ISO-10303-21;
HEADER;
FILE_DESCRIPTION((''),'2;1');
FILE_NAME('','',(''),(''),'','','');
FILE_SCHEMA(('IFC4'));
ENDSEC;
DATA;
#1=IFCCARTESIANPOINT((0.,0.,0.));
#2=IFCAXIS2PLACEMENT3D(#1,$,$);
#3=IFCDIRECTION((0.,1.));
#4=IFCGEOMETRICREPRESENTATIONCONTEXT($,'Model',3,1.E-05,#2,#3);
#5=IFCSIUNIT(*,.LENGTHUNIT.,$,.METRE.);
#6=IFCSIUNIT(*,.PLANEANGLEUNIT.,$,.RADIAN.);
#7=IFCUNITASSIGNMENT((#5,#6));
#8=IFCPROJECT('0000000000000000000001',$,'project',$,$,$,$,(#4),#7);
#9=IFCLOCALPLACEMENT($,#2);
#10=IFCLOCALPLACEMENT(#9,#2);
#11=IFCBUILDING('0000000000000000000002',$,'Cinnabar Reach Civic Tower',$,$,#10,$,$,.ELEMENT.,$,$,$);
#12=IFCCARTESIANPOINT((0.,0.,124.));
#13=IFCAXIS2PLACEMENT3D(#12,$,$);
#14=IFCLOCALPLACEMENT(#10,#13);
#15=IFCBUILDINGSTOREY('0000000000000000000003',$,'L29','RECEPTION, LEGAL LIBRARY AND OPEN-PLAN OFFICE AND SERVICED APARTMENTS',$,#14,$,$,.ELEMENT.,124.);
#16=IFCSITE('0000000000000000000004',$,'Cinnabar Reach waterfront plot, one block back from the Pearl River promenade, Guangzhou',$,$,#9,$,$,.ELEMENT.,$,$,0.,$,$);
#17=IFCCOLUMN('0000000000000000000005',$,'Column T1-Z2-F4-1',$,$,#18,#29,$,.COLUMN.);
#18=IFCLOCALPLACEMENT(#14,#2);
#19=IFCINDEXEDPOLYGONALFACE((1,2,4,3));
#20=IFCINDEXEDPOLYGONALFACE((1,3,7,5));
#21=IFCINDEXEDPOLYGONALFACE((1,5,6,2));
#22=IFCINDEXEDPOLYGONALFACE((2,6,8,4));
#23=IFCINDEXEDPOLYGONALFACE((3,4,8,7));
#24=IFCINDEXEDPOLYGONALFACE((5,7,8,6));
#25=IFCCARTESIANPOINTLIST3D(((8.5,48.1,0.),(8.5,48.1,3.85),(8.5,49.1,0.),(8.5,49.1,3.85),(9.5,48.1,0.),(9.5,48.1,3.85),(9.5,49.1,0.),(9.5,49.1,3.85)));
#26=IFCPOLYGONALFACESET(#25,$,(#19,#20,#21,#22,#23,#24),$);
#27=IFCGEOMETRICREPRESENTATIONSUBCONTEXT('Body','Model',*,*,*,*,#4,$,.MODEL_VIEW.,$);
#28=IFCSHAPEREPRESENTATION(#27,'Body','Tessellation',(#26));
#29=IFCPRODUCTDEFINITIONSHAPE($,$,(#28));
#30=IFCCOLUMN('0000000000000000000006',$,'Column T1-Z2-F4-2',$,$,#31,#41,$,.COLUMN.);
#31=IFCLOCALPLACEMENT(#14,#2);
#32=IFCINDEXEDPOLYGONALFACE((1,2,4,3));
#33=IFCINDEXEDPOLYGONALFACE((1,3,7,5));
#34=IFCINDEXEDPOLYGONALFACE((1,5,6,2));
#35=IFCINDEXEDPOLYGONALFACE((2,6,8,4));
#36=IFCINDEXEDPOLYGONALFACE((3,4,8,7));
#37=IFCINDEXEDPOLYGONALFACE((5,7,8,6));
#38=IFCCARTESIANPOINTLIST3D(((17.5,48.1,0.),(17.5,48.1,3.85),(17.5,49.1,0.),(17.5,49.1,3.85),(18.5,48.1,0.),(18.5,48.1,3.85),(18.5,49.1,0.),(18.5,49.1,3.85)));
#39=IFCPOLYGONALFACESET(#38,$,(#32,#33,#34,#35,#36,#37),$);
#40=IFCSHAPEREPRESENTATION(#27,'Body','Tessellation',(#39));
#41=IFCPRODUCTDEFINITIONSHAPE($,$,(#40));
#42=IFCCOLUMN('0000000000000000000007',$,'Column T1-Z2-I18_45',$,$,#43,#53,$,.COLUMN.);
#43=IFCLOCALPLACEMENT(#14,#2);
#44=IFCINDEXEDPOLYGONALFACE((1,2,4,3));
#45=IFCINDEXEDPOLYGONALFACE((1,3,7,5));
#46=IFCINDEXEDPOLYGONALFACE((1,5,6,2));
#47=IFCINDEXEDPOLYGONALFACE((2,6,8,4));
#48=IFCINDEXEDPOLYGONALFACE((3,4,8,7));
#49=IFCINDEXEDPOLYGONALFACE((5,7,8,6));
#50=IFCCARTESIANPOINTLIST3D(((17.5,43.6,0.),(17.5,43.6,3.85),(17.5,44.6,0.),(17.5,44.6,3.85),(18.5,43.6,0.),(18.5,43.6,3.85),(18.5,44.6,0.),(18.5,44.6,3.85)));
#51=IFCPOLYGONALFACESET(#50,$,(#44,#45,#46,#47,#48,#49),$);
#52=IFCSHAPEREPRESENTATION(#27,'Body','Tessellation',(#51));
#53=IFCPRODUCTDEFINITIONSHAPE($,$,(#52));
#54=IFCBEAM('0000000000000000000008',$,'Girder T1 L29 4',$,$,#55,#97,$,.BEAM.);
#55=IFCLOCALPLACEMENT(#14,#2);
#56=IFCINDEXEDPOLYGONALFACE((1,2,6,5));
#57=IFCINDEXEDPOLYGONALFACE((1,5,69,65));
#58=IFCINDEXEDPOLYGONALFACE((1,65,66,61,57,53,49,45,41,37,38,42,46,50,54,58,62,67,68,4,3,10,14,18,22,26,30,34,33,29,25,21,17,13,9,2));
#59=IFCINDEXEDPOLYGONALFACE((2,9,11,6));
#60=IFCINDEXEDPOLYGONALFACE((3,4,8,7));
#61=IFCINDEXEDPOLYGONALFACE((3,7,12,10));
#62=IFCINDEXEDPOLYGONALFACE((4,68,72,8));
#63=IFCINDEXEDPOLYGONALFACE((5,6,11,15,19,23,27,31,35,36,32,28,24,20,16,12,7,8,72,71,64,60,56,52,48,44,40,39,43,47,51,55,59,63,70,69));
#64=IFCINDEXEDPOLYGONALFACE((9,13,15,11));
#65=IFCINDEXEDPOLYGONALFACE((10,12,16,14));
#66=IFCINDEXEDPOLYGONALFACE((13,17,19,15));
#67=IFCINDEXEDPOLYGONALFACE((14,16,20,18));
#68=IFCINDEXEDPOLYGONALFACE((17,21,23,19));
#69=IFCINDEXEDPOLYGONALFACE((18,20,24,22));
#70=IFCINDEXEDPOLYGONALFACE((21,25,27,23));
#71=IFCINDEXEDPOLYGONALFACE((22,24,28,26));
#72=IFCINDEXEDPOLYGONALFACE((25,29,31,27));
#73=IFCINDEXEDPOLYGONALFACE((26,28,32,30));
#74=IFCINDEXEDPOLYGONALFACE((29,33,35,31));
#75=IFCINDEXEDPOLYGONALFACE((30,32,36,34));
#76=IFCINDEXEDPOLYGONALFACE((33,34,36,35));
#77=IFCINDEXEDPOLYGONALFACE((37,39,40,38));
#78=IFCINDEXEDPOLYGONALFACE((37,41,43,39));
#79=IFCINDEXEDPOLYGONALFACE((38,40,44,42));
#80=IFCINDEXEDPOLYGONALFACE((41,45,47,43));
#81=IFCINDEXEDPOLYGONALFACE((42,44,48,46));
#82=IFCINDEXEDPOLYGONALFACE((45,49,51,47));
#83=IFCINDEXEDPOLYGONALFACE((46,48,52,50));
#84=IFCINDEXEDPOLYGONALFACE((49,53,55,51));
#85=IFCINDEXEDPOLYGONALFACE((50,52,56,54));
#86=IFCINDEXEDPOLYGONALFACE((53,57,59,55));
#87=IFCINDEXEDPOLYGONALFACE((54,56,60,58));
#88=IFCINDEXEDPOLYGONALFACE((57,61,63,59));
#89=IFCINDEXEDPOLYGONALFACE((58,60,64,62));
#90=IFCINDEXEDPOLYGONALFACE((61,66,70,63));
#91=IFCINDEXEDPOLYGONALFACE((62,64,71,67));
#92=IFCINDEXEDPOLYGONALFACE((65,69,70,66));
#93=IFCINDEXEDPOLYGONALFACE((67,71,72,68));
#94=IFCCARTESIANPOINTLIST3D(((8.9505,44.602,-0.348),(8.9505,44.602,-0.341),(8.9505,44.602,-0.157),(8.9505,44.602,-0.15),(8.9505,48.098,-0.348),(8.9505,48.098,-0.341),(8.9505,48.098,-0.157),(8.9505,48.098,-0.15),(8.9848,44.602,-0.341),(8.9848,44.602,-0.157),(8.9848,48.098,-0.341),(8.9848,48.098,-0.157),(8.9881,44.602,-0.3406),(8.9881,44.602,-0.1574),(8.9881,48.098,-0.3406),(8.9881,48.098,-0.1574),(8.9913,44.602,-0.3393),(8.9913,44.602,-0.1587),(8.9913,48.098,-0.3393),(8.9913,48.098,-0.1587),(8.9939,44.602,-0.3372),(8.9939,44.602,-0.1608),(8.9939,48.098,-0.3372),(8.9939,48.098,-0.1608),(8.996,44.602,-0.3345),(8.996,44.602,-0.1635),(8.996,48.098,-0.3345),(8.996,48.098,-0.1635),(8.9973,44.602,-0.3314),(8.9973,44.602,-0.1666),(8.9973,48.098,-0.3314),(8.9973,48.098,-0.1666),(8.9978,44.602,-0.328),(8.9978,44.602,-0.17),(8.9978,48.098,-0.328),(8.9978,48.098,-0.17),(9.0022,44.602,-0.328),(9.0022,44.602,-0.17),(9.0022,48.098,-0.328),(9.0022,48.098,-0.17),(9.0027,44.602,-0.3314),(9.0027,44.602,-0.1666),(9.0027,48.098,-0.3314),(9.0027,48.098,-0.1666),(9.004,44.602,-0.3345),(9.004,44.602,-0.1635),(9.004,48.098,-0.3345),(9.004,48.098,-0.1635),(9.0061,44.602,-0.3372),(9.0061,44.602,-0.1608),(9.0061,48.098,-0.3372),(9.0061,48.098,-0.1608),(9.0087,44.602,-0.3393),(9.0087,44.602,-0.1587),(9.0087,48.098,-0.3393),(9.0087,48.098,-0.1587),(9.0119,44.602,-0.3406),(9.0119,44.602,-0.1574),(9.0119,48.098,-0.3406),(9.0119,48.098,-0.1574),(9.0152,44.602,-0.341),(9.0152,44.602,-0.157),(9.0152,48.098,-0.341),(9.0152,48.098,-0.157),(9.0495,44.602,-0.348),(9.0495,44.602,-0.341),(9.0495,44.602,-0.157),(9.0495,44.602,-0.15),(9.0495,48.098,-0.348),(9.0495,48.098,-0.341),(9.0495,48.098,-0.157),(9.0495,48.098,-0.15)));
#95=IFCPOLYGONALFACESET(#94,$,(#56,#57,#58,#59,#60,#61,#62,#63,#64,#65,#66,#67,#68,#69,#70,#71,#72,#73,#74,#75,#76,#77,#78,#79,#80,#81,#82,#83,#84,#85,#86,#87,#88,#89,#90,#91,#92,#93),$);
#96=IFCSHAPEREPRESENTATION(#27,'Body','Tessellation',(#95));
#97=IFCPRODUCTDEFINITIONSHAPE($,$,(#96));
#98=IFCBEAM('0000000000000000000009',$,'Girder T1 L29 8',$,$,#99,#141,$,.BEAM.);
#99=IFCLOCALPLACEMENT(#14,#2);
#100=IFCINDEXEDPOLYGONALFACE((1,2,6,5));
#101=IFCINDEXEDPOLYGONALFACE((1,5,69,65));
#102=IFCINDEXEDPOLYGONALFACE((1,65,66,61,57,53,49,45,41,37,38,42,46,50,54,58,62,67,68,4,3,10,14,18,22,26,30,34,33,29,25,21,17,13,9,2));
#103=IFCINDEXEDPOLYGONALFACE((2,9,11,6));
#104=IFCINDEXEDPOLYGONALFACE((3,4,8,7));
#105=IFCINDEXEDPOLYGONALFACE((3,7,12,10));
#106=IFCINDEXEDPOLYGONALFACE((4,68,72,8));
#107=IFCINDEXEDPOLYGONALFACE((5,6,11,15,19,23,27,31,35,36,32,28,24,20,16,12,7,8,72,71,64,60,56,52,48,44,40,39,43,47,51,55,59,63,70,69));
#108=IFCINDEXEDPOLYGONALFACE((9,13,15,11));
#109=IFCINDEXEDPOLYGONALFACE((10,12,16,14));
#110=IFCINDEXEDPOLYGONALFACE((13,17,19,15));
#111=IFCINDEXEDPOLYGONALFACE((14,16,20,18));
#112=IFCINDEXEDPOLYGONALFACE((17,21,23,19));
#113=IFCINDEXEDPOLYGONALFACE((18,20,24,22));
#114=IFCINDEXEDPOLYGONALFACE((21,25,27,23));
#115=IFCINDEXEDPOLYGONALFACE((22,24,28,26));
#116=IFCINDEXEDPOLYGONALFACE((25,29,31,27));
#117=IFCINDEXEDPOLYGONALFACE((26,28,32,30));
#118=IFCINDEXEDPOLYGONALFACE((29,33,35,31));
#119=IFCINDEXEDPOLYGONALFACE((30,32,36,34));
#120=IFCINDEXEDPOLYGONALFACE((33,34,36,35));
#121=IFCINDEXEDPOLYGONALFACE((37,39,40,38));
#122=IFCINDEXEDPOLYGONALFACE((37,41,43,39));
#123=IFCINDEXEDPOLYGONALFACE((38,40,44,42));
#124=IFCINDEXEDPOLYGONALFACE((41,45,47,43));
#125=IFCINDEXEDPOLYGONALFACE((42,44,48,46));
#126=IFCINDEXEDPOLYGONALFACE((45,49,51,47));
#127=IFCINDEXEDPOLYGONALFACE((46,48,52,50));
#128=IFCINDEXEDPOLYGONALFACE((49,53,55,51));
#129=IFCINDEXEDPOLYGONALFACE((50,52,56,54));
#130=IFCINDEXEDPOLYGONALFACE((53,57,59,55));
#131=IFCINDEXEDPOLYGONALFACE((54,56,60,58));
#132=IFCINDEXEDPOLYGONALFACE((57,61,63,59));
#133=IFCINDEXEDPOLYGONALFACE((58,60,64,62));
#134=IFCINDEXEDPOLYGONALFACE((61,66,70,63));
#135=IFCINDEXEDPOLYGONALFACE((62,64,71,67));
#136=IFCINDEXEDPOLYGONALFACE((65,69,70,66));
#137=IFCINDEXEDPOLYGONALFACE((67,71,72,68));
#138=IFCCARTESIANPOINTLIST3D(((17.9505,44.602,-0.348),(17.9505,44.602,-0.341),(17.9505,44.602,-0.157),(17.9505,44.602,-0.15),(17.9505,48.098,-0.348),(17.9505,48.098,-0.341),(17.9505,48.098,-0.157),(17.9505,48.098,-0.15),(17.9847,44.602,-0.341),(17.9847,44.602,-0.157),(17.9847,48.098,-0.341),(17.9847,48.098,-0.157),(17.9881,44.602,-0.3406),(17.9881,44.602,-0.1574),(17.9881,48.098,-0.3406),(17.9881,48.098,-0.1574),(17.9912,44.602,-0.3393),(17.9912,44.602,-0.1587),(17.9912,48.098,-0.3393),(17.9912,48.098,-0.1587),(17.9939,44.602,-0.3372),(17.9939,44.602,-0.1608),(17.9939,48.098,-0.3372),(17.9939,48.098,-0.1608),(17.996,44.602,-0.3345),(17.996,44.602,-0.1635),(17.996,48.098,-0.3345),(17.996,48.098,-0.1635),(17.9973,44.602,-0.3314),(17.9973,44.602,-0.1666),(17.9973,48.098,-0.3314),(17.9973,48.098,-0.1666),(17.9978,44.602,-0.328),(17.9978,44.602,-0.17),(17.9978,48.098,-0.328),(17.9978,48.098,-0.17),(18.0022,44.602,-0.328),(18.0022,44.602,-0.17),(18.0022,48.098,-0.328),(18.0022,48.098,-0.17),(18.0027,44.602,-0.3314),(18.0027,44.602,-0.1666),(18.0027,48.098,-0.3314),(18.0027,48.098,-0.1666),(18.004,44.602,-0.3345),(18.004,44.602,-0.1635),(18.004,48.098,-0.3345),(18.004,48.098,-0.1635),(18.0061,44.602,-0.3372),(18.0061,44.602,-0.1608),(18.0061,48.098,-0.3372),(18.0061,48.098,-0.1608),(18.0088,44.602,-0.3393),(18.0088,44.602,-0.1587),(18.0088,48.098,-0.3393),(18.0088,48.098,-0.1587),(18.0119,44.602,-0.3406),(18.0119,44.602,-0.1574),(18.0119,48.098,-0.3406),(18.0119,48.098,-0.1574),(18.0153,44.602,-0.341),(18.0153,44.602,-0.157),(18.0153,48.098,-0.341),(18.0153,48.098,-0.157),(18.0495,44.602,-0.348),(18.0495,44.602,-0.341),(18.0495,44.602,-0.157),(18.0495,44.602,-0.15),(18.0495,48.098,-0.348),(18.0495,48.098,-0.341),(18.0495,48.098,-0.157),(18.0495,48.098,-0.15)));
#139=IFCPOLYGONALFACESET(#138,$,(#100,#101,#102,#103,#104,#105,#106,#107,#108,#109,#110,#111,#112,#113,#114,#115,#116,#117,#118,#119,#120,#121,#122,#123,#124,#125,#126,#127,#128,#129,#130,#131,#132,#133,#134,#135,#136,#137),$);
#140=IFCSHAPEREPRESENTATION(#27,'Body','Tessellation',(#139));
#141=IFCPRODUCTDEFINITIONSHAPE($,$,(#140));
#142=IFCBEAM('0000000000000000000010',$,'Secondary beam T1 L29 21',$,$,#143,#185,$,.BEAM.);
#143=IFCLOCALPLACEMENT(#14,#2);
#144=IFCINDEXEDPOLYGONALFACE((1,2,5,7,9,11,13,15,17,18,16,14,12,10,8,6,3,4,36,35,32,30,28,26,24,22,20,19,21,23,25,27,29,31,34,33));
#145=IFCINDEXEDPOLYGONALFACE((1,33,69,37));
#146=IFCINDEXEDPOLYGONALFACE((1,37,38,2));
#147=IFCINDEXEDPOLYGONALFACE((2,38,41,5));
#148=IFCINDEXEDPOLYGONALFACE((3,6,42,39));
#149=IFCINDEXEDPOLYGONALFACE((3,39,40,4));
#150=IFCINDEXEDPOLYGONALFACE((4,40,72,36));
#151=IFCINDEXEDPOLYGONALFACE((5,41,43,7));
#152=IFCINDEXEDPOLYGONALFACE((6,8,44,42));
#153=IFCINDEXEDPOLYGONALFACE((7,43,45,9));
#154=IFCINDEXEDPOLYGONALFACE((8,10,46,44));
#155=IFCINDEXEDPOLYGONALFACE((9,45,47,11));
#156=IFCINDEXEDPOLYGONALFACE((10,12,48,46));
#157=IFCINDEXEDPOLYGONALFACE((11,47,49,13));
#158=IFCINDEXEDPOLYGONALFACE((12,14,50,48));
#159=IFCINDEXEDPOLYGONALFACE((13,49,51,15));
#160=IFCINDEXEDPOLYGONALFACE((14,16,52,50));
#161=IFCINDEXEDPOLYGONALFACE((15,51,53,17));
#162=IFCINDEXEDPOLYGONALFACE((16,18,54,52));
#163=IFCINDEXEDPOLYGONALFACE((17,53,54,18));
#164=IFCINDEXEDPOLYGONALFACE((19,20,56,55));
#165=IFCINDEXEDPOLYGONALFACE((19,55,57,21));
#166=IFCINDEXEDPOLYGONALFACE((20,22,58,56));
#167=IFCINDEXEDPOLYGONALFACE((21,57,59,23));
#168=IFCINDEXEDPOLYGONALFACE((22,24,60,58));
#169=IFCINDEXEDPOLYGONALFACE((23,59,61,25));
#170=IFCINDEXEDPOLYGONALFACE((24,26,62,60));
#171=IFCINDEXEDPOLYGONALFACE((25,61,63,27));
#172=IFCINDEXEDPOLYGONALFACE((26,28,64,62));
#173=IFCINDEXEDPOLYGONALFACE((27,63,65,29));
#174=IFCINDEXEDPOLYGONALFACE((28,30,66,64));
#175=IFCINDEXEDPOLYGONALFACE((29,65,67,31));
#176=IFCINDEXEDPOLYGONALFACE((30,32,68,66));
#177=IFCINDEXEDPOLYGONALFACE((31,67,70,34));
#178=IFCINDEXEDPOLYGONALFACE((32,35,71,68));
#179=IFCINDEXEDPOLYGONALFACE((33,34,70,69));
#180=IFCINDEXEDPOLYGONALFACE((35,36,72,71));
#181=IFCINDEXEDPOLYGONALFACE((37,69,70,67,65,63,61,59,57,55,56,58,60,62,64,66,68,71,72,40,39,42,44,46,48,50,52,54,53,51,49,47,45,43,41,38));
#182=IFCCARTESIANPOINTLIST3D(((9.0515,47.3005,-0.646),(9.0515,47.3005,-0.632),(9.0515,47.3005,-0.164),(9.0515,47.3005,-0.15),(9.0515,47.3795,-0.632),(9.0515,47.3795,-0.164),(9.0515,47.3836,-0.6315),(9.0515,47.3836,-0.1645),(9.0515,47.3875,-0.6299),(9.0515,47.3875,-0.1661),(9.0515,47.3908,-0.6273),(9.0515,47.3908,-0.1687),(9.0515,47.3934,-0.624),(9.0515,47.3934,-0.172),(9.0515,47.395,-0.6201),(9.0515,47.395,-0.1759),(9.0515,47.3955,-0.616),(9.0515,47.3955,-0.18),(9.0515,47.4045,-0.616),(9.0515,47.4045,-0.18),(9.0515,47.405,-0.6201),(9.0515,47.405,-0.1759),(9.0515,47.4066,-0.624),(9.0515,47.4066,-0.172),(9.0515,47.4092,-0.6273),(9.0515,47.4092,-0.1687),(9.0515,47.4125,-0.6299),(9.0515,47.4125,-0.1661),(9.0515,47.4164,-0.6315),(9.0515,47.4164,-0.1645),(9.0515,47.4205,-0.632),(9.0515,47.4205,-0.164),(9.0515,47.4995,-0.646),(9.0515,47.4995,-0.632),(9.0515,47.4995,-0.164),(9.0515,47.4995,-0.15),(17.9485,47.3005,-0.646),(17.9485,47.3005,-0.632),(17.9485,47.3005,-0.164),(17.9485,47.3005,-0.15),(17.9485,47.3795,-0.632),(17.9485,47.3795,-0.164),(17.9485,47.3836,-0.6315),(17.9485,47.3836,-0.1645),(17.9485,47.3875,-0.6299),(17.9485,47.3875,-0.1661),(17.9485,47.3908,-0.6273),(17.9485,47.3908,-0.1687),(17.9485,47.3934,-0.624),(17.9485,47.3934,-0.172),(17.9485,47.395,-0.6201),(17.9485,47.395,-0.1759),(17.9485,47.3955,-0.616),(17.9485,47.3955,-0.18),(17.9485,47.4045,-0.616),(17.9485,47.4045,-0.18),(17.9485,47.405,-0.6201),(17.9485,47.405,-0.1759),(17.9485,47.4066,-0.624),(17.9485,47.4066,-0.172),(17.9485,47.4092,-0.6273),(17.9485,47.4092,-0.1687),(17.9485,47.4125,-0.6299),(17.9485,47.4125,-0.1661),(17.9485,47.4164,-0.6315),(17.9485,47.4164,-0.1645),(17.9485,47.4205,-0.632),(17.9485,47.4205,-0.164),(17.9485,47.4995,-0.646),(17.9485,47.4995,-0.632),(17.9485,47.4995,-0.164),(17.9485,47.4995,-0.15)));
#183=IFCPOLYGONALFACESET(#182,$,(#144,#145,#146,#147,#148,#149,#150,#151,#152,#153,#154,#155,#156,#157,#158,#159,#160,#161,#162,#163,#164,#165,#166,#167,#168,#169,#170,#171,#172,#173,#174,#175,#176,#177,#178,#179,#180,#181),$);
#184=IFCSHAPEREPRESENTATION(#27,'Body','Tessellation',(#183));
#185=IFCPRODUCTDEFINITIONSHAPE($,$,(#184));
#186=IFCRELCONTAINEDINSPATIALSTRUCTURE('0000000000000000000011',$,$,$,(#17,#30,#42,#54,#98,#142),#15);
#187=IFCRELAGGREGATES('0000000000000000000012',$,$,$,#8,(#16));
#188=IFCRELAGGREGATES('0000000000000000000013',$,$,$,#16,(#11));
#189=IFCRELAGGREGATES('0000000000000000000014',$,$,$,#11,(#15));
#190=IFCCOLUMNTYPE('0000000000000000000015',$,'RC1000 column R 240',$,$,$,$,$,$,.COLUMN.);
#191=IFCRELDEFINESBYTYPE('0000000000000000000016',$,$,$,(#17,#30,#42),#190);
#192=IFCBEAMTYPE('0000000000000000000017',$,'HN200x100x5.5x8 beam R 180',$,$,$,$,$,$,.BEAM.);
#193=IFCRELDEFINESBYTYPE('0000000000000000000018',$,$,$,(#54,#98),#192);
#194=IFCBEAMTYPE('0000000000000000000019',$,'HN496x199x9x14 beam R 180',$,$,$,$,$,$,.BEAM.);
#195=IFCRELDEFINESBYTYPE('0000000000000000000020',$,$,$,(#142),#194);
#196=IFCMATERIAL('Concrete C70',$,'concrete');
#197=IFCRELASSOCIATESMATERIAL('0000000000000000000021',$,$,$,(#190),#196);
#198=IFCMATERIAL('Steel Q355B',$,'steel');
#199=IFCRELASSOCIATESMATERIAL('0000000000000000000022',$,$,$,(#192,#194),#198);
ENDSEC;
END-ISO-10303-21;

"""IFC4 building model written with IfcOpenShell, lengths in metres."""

from ifc_helpers import new_model, si_unit, direction, frame, origin, origin_2d, place, context, subcontext, project, spatial, rectangle, i_section, extrude, material, material_profile, profile_set, type_object, element, save


model = new_model("IFC4")

# Units and contexts
model_context = context("Model", 3, precision=1e-05, world=origin(), true_north=direction((0.0, 1.0)))
body_context = subcontext(model_context, "Body", "Model", "MODEL_VIEW")
ifc_project = project(units=[si_unit("LENGTHUNIT", "METRE"), si_unit("PLANEANGLEUNIT", "RADIAN")], contexts=[model_context])

# Site, building, storey
site_placement = place(None, origin())
site = spatial("IfcSite", under=ifc_project, at=site_placement, Name="Cinnabar Reach waterfront plot, one block back from the Pearl River promenade, Guangzhou", CompositionType="ELEMENT", RefElevation=0.0)
building_placement = place(site_placement, origin())
building = spatial("IfcBuilding", under=site, at=building_placement, Name="Cinnabar Reach Civic Tower", CompositionType="ELEMENT")
storey_placement = place(building_placement, frame((0.0, 0.0, 124.0)))
storey = spatial("IfcBuildingStorey", under=building, at=storey_placement, Name="L29", Description="RECEPTION, LEGAL LIBRARY AND OPEN-PLAN OFFICE AND SERVICED APARTMENTS", CompositionType="ELEMENT", Elevation=124.0)

# Columns
ifc_material_1 = material(Name="Concrete C70", Category="concrete")
ifc_material_profile_1 = material_profile(ifc_material_1, rectangle(XDim=1.0, YDim=1.0, at=origin_2d()), Name="RC1000")
ifc_profile_set_1 = profile_set([ifc_material_profile_1], Name="Concrete C70")
column_type = type_object("IfcColumnType", Name="RC1000 column R 240", PredefinedType="COLUMN", material=ifc_profile_set_1)
for number, where, z_axis, x_axis, name in (
    (1, (9.0, 48.6, 0.0), (0.0, 0.0, 1.0), (1.0, 0.0, 0.0), "Column T1-Z2-F4-1"),
    (2, (18.0, 48.6, 0.0), (0.0, 0.0, 1.0), (1.0, 0.0, 0.0), "Column T1-Z2-F4-2"),
    (3, (18.0, 44.1, 0.0), (0.0, 0.0, 1.0), (1.0, 0.0, 0.0), "Column T1-Z2-I18_45"),
):
    element("IfcColumn", number, at=place(storey_placement, frame(where, z_axis=z_axis, x_axis=x_axis)), inside=storey, type_object=column_type, Name=name, PredefinedType="COLUMN", context=body_context, shape_type="SweptSolid", body=[
        extrude(rectangle(XDim=1.0, YDim=1.0, at=origin_2d()), origin(), (0.0, 0.0, 1.0), 3.85),
    ])

# Beams
ifc_material_2 = material(Name="Steel Q355B", Category="steel")
ifc_material_profile_2 = material_profile(ifc_material_2, i_section(OverallWidth=0.099, OverallDepth=0.198, WebThickness=0.0045, FlangeThickness=0.007, FilletRadius=0.013, at=origin_2d()), Name="HN200x100x5.5x8")
ifc_profile_set_2 = profile_set([ifc_material_profile_2], Name="Steel Q355B")
beam_type_1 = type_object("IfcBeamType", Name="HN200x100x5.5x8 beam R 180", PredefinedType="BEAM", material=ifc_profile_set_2)
for number, where, z_axis, x_axis, name in (
    (4, (9.0, 44.602, -0.249), (0.0, 1.0, 0.0), (-1.0, 0.0, 0.0), "Girder T1 L29 4"),
    (5, (18.0, 44.602, -0.249), (0.0, 1.0, 0.0), (-1.0, 0.0, 0.0), "Girder T1 L29 8"),
):
    element("IfcBeam", number, at=place(storey_placement, frame(where, z_axis=z_axis, x_axis=x_axis)), inside=storey, type_object=beam_type_1, Name=name, PredefinedType="BEAM", context=body_context, shape_type="SweptSolid", body=[
        extrude(i_section(OverallWidth=0.099, OverallDepth=0.198, WebThickness=0.0045, FlangeThickness=0.007, FilletRadius=0.013, at=origin_2d()), origin(), (0.0, 0.0, 1.0), 3.496),
    ])
ifc_material_profile_3 = material_profile(ifc_material_2, i_section(OverallWidth=0.199, OverallDepth=0.496, WebThickness=0.009, FlangeThickness=0.014, FilletRadius=0.016, at=origin_2d()), Name="HN496x199x9x14")
ifc_profile_set_3 = profile_set([ifc_material_profile_3], Name="Steel Q355B")
beam_type_2 = type_object("IfcBeamType", Name="HN496x199x9x14 beam R 180", PredefinedType="BEAM", material=ifc_profile_set_3)
for number, where, z_axis, x_axis, name in (
    (6, (9.0515, 47.4, -0.398), (1.0, 0.0, 0.0), (0.0, 1.0, 0.0), "Secondary beam T1 L29 21"),
):
    element("IfcBeam", number, at=place(storey_placement, frame(where, z_axis=z_axis, x_axis=x_axis)), inside=storey, type_object=beam_type_2, Name=name, PredefinedType="BEAM", context=body_context, shape_type="SweptSolid", body=[
        extrude(i_section(OverallWidth=0.199, OverallDepth=0.496, WebThickness=0.009, FlangeThickness=0.014, FilletRadius=0.016, at=origin_2d()), origin(), (0.0, 0.0, 1.0), 8.897),
    ])

save(model, "model.ifc")
